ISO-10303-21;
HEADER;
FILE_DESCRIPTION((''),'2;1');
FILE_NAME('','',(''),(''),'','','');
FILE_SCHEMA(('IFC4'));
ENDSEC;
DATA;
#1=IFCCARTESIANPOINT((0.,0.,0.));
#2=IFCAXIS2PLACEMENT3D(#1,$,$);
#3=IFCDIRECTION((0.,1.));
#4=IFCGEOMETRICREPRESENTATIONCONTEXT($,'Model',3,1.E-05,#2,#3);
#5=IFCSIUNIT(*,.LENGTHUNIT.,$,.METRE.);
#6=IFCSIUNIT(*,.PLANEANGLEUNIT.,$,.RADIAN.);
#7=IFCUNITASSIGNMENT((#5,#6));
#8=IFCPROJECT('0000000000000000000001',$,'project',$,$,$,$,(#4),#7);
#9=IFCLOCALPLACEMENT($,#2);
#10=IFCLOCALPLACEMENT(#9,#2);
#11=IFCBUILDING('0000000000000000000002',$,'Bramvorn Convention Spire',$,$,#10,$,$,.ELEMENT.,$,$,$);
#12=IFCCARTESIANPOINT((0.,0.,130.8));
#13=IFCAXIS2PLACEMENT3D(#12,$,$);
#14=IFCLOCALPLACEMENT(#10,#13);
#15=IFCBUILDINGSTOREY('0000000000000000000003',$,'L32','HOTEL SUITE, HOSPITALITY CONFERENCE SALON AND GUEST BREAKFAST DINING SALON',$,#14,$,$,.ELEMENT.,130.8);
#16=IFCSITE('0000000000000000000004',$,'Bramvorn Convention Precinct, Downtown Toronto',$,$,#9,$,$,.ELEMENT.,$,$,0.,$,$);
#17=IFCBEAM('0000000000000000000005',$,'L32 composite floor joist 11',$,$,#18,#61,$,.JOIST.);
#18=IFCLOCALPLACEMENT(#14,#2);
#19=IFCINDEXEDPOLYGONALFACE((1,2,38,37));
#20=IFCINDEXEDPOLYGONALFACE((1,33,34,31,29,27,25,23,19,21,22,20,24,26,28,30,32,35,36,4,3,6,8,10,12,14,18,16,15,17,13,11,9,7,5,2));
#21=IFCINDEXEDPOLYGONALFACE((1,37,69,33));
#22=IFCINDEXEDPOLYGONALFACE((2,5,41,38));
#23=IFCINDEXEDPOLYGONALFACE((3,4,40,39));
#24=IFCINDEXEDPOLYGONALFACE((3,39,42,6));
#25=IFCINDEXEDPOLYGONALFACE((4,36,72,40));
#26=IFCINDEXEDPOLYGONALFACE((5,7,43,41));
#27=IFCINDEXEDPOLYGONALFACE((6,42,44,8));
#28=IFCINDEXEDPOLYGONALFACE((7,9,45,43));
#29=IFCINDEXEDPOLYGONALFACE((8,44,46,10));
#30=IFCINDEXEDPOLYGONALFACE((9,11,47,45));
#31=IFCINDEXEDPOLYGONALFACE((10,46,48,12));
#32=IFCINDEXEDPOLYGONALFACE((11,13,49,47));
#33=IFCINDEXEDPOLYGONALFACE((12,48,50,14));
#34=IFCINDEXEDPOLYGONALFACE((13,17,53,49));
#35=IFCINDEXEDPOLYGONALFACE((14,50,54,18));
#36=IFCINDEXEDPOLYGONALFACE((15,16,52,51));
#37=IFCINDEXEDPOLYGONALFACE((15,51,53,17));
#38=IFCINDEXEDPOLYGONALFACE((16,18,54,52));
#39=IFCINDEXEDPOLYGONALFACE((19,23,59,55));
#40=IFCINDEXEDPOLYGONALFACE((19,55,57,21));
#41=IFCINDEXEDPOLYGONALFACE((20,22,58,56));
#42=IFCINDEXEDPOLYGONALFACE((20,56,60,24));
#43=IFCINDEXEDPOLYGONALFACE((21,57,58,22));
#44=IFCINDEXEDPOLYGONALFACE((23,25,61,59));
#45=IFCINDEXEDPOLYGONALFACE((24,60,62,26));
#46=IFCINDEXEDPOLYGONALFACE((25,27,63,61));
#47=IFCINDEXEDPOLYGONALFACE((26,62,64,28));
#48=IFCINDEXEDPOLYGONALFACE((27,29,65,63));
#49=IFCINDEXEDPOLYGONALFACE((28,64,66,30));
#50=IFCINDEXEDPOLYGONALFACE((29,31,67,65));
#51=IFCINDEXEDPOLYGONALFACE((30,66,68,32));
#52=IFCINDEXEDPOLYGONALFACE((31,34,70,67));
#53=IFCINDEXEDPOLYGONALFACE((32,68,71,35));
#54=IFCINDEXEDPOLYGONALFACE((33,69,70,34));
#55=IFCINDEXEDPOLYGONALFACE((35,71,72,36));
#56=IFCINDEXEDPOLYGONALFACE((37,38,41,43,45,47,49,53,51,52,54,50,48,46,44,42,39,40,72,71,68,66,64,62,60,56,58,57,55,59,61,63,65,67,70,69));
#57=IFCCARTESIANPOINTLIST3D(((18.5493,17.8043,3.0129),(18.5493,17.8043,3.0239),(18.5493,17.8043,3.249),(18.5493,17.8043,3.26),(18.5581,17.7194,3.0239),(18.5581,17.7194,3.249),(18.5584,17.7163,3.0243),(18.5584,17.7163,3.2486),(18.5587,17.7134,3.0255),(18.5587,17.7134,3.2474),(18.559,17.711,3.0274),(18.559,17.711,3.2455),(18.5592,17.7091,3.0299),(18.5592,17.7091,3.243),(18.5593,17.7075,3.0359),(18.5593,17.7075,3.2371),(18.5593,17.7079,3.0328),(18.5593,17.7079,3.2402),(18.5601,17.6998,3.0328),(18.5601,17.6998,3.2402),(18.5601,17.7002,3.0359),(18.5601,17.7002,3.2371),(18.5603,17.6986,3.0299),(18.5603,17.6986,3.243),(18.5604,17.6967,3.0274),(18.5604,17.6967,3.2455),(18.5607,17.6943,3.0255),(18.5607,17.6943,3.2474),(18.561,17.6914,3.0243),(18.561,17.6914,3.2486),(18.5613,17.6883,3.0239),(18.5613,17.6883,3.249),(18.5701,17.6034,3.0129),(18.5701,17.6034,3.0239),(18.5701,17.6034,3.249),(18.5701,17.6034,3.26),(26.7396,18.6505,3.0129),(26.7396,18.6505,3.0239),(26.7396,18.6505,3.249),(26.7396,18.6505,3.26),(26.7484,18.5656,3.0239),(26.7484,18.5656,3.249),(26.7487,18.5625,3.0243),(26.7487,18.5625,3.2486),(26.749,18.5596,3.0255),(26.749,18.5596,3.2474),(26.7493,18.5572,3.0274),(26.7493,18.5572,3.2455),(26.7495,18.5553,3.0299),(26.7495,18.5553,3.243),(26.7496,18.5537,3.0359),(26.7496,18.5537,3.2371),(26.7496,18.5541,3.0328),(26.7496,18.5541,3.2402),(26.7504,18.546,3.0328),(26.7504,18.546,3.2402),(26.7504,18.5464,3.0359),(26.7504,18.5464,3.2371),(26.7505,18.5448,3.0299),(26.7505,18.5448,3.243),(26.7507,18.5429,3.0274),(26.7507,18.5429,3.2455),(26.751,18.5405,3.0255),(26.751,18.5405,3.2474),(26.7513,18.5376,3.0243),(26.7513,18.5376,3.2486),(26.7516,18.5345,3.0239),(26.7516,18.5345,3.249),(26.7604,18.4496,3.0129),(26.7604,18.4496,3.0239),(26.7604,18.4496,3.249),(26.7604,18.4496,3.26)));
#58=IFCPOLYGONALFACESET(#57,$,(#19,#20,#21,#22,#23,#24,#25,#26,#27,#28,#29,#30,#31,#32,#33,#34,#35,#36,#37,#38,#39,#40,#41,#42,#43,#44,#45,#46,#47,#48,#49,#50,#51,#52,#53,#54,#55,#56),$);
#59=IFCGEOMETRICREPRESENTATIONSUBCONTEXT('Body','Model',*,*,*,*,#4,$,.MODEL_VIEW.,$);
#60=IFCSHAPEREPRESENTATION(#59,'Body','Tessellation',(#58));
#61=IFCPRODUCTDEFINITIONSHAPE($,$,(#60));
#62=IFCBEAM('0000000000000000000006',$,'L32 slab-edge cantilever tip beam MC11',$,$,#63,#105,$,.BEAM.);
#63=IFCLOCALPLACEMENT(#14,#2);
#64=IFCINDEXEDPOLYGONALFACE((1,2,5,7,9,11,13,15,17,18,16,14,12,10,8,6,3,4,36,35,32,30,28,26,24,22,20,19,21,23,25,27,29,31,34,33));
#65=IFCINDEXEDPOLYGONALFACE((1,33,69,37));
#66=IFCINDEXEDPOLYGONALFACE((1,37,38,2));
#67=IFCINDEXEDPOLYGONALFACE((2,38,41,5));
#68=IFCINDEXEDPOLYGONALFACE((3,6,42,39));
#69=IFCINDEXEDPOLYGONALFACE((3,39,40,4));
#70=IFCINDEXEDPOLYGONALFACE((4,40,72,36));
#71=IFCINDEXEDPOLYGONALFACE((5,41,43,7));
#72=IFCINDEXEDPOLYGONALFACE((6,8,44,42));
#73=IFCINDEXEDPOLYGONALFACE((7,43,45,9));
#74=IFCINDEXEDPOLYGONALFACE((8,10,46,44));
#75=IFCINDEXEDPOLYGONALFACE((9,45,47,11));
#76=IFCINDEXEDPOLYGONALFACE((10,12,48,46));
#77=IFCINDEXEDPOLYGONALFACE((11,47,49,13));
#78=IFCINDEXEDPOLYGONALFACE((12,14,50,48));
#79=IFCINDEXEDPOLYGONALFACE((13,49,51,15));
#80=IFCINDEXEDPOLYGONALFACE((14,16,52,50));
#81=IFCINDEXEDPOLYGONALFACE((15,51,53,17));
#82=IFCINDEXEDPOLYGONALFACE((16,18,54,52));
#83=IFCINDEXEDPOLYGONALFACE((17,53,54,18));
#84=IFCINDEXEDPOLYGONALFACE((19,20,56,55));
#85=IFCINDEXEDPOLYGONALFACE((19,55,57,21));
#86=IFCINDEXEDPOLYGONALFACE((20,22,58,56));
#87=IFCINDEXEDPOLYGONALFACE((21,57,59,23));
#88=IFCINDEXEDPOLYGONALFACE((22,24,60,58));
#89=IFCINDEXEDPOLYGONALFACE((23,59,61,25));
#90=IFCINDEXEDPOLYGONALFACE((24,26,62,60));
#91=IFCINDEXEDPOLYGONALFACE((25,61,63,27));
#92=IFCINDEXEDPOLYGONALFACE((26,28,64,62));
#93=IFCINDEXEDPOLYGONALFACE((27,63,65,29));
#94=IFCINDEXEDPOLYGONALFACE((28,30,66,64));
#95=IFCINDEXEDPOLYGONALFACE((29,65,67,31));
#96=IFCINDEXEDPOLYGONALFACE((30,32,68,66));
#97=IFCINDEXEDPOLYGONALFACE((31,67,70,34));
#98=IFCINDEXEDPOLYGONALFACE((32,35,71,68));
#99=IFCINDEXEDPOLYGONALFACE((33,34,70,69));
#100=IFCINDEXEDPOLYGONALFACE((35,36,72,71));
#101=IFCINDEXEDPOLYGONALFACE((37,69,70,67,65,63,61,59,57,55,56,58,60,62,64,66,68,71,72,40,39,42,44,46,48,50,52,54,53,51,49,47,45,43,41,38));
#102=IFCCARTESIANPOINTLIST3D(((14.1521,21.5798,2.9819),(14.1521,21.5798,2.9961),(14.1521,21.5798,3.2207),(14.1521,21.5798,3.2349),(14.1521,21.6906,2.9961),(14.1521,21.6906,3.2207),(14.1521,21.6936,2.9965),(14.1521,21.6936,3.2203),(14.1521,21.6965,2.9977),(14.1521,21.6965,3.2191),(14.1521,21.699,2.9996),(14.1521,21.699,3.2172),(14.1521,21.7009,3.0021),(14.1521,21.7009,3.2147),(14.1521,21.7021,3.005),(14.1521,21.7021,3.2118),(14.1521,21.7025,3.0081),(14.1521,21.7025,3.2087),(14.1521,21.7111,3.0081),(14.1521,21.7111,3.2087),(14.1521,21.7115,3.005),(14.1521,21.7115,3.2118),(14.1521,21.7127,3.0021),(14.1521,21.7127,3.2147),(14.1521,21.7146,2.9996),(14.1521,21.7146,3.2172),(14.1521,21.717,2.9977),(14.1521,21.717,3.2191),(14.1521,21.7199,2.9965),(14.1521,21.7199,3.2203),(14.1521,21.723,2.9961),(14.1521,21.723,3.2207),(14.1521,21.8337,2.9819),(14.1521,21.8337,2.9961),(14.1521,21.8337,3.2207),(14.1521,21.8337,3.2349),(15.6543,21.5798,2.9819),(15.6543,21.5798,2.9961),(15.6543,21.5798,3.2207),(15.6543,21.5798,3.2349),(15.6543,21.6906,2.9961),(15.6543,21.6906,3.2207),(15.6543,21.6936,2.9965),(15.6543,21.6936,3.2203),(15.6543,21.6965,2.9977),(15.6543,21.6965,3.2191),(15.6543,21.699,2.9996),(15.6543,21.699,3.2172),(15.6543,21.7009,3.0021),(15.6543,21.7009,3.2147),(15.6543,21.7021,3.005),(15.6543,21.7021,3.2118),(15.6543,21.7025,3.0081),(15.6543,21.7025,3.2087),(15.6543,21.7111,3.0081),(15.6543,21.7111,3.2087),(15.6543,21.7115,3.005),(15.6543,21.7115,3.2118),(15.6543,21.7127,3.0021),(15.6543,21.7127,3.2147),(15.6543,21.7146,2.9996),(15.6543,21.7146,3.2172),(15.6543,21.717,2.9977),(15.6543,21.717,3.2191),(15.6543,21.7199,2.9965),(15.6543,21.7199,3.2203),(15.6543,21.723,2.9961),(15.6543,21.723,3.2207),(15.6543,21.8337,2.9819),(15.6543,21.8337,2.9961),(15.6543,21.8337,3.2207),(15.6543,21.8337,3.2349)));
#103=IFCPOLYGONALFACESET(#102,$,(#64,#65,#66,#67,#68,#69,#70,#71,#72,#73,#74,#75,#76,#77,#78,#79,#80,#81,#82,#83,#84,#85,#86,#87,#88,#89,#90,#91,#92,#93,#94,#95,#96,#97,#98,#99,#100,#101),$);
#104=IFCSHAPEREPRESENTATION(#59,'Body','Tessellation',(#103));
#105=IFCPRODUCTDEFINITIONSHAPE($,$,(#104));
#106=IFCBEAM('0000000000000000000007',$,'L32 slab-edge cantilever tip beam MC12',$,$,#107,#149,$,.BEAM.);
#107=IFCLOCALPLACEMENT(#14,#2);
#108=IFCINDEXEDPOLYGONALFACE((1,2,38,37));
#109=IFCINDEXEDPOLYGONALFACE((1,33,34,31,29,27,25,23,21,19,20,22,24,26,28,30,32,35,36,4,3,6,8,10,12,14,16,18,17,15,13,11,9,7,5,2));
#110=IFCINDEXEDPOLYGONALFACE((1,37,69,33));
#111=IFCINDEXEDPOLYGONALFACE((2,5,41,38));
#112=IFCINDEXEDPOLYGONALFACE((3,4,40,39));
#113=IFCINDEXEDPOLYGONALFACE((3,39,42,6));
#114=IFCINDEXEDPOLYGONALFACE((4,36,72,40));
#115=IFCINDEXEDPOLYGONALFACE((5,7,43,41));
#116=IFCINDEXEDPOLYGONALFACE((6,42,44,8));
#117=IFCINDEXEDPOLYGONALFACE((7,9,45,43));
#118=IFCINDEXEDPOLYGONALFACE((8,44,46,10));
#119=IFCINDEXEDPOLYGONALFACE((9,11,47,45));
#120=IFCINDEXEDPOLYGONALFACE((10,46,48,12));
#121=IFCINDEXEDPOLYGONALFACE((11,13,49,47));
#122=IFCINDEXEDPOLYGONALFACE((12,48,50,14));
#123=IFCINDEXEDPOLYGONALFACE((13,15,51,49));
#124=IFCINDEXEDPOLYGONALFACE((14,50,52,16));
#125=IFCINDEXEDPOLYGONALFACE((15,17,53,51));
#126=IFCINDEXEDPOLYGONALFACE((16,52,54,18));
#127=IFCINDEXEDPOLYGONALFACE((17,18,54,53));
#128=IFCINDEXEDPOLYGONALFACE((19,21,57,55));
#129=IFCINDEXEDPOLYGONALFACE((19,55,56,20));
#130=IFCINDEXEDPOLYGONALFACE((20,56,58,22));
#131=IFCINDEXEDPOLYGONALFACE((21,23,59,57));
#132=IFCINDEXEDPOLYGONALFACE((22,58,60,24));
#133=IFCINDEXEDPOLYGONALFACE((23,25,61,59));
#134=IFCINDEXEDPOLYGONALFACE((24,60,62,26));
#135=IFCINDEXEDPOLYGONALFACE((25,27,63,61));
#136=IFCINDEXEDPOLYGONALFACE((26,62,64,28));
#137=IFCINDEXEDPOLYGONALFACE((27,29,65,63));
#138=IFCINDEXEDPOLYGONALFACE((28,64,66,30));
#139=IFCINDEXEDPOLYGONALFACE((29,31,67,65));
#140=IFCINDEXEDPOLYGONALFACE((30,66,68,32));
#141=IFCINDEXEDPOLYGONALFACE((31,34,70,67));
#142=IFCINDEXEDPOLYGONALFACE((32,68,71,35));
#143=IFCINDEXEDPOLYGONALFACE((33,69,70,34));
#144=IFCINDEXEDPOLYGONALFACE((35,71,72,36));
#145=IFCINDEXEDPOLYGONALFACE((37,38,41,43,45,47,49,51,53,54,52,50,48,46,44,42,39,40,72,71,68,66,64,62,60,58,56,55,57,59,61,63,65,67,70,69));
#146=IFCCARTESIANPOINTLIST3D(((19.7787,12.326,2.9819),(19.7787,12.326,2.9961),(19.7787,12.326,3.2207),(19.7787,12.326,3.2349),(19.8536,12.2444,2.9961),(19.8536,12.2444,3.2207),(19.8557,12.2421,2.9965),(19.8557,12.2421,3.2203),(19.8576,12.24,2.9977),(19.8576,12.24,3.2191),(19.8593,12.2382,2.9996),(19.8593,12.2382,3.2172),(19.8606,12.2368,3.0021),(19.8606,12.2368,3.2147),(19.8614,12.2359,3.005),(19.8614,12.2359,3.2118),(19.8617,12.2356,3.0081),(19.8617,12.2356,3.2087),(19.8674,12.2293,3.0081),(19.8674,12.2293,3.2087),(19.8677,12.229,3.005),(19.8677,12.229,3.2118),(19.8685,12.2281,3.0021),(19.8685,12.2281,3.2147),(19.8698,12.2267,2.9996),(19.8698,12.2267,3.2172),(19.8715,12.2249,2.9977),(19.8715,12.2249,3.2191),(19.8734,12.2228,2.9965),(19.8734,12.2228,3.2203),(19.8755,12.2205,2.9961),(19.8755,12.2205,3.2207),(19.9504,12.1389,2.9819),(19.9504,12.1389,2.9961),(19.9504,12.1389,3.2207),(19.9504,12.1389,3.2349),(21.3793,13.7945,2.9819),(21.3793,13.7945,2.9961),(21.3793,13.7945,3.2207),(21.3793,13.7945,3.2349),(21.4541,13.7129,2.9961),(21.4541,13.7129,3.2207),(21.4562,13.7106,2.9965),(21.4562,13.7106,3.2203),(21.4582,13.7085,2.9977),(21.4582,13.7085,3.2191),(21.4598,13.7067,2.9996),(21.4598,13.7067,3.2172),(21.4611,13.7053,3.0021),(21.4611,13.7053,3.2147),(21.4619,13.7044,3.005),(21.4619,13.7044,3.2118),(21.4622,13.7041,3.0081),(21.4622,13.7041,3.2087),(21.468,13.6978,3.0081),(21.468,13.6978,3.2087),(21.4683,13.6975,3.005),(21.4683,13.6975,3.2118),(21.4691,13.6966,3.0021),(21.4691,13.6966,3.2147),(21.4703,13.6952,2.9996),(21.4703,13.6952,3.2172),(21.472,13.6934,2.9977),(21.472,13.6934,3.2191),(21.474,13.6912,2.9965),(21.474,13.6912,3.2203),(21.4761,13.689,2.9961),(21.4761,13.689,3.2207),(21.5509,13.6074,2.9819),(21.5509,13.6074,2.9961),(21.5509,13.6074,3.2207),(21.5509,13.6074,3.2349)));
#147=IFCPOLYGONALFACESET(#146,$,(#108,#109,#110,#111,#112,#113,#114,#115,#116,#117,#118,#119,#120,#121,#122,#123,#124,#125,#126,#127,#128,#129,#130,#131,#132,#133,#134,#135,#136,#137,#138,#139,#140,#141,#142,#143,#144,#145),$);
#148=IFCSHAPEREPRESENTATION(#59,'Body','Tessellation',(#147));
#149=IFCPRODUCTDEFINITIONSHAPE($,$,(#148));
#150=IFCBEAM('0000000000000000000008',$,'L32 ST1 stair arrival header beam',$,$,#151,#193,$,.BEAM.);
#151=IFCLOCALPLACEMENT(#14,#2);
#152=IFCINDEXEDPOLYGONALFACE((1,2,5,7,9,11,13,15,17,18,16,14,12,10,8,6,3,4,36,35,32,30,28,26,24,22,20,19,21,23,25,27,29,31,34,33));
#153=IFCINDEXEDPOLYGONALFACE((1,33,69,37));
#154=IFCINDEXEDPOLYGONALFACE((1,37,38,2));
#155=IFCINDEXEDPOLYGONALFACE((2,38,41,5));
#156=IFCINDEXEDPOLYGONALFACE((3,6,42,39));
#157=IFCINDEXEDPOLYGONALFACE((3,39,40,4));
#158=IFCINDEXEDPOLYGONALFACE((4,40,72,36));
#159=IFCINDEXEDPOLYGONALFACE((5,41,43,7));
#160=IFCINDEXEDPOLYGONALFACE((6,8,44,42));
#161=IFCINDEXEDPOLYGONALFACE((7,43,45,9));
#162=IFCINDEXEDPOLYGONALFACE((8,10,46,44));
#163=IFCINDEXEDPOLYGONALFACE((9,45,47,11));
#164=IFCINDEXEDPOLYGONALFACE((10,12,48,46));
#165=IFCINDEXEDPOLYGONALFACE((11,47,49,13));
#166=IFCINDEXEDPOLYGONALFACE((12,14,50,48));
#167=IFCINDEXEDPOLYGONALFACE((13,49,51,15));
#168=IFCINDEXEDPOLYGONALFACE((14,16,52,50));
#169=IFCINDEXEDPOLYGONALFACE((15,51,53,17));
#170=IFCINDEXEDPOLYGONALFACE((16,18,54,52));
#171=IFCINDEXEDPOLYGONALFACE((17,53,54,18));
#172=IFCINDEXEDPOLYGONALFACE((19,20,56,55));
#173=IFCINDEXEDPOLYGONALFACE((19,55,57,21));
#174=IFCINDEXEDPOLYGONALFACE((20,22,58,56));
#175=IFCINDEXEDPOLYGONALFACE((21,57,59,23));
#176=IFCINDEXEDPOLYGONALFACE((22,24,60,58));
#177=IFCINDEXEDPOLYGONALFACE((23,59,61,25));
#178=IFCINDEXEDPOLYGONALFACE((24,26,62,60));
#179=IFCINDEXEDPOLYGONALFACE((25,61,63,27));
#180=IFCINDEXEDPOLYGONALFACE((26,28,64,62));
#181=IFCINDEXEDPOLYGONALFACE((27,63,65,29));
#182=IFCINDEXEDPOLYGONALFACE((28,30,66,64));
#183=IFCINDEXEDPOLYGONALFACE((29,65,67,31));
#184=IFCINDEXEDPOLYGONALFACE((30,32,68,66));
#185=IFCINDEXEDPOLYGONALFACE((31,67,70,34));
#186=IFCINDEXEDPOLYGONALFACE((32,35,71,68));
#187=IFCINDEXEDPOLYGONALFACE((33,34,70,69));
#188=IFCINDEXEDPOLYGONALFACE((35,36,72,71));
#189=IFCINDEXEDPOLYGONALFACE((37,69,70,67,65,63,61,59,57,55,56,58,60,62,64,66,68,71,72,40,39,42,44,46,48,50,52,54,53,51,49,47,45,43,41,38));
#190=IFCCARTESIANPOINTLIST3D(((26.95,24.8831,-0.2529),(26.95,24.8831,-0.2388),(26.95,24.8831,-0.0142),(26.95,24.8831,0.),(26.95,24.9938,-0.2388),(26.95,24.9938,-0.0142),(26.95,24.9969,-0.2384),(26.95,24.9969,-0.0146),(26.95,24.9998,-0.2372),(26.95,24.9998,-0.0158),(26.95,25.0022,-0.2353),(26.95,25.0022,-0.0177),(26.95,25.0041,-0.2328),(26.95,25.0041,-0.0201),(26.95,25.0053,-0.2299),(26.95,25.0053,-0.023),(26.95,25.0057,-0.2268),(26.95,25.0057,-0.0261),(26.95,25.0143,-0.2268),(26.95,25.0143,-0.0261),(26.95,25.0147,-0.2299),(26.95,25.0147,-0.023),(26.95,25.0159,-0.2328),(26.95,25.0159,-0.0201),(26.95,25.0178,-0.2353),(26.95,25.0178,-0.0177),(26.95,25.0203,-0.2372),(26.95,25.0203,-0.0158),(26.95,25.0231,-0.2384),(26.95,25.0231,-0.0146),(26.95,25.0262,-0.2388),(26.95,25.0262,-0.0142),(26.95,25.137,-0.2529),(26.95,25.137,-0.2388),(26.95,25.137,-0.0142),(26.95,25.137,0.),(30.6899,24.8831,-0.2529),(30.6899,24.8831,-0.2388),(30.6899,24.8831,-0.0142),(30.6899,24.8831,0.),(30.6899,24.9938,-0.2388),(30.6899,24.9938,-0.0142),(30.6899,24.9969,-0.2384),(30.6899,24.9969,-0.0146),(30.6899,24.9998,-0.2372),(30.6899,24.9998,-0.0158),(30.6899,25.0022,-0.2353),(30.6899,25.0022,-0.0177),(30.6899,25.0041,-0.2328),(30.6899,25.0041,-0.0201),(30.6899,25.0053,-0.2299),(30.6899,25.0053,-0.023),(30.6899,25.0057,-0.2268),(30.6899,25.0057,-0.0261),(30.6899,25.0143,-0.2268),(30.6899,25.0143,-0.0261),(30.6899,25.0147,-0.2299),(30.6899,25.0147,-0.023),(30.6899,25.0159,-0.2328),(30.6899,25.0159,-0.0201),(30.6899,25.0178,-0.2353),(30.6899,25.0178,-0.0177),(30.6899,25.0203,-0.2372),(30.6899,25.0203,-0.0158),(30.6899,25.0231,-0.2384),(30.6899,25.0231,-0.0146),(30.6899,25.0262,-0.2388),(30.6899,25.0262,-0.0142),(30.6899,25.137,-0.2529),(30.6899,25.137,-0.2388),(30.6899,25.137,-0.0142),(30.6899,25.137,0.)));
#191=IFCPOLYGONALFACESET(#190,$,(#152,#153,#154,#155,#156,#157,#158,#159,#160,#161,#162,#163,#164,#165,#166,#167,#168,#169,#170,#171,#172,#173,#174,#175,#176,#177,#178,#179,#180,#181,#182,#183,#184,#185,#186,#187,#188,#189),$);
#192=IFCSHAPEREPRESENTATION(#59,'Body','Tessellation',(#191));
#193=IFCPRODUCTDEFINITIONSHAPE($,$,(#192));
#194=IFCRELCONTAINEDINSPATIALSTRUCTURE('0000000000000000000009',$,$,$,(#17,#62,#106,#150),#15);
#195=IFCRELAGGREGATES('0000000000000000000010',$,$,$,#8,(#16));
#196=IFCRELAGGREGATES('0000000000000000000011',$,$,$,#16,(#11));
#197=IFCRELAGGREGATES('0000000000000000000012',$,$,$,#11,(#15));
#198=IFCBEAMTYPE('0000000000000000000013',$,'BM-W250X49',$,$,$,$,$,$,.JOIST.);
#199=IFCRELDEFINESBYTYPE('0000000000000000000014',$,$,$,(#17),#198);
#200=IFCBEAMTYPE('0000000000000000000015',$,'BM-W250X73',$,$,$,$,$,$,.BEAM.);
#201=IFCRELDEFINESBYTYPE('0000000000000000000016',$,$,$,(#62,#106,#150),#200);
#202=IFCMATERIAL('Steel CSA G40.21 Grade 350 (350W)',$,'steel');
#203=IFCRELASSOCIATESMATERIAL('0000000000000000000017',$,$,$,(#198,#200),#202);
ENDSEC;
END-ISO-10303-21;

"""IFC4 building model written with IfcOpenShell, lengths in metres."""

from ifc_helpers import new_model, si_unit, direction, frame, origin, origin_2d, place, context, subcontext, project, spatial, i_section, extrude, material, material_profile, profile_set, type_object, element, save


model = new_model("IFC4")

# Units and contexts
model_context = context("Model", 3, precision=1e-05, world=origin(), true_north=direction((0.0, 1.0)))
body_context = subcontext(model_context, "Body", "Model", "MODEL_VIEW")
ifc_project = project(units=[si_unit("LENGTHUNIT", "METRE"), si_unit("PLANEANGLEUNIT", "RADIAN")], contexts=[model_context])

# Site, building, storey
site_placement = place(None, origin())
site = spatial("IfcSite", under=ifc_project, at=site_placement, Name="Bramvorn Convention Precinct, Downtown Toronto", CompositionType="ELEMENT", RefElevation=0.0)
building_placement = place(site_placement, origin())
building = spatial("IfcBuilding", under=site, at=building_placement, Name="Bramvorn Convention Spire", CompositionType="ELEMENT")
storey_placement = place(building_placement, frame((0.0, 0.0, 130.8)))
storey = spatial("IfcBuildingStorey", under=building, at=storey_placement, Name="L32", Description="HOTEL SUITE, HOSPITALITY CONFERENCE SALON AND GUEST BREAKFAST DINING SALON", CompositionType="ELEMENT", Elevation=130.8)

# Shared definitions
ifc_material_1 = material(Name="Steel CSA G40.21 Grade 350 (350W)", Category="steel")

# Beams
ifc_material_profile_1 = material_profile(ifc_material_1, i_section(OverallWidth=0.2019, OverallDepth=0.2471, WebThickness=0.0073, FlangeThickness=0.011, FilletRadius=0.012, at=origin_2d()))
ifc_profile_set_1 = profile_set([ifc_material_profile_1], Name="Steel CSA G40.21 Grade 350 (350W) - W250X49")
beam_type_1 = type_object("IfcBeamType", Name="BM-W250X49", PredefinedType="JOIST", material=ifc_profile_set_1)
beam_1_placement = place(storey_placement, frame((26.75, 18.55, 3.1365), z_axis=(-0.994705, -0.102771, 0.0), x_axis=(0.102771, -0.994705, 0.0)))
element("IfcBeam", 1, at=beam_1_placement, inside=storey, type_object=beam_type_1, Name="L32 composite floor joist 11", PredefinedType="JOIST", context=body_context, shape_type="SweptSolid", body=[
    extrude(i_section(OverallWidth=0.2019, OverallDepth=0.2471, WebThickness=0.0073, FlangeThickness=0.011, FilletRadius=0.012, at=origin_2d()), origin(), (0.0, 0.0, 1.0), 8.2339),
])
ifc_material_profile_2 = material_profile(ifc_material_1, i_section(OverallWidth=0.2539, OverallDepth=0.2529, WebThickness=0.0085, FlangeThickness=0.0142, FilletRadius=0.012, at=origin_2d()))
ifc_profile_set_2 = profile_set([ifc_material_profile_2], Name="Steel CSA G40.21 Grade 350 (350W) - W250X73")
beam_type_2 = type_object("IfcBeamType", Name="BM-W250X73", PredefinedType="BEAM", material=ifc_profile_set_2)
beam_2_placement = place(storey_placement, frame((15.6543, 21.7068, 3.1084), z_axis=(-1.0, 0.0, 0.0), x_axis=(0.0, -1.0, 0.0)))
element("IfcBeam", 2, at=beam_2_placement, inside=storey, type_object=beam_type_2, Name="L32 slab-edge cantilever tip beam MC11", PredefinedType="BEAM", context=body_context, shape_type="SweptSolid", body=[
    extrude(i_section(OverallWidth=0.2539, OverallDepth=0.2529, WebThickness=0.0085, FlangeThickness=0.0142, FilletRadius=0.012, at=origin_2d()), origin(), (0.0, 0.0, 1.0), 1.5022),
])
beam_3_placement = place(storey_placement, frame((21.4651, 13.7009, 3.1084), z_axis=(-0.736855, -0.67605, 0.0), x_axis=(0.67605, -0.736855, 0.0)))
element("IfcBeam", 3, at=beam_3_placement, inside=storey, type_object=beam_type_2, Name="L32 slab-edge cantilever tip beam MC12", PredefinedType="BEAM", context=body_context, shape_type="SweptSolid", body=[
    extrude(i_section(OverallWidth=0.2539, OverallDepth=0.2529, WebThickness=0.0085, FlangeThickness=0.0142, FilletRadius=0.012, at=origin_2d()), origin(), (0.0, 0.0, 1.0), 2.1721),
])
beam_4_placement = place(storey_placement, frame((26.95, 25.01, -0.1265), z_axis=(1.0, 0.0, 0.0), x_axis=(0.0, 1.0, 0.0)))
element("IfcBeam", 4, at=beam_4_placement, inside=storey, type_object=beam_type_2, Name="L32 ST1 stair arrival header beam", PredefinedType="BEAM", context=body_context, shape_type="SweptSolid", body=[
    extrude(i_section(OverallWidth=0.2539, OverallDepth=0.2529, WebThickness=0.0085, FlangeThickness=0.0142, FilletRadius=0.012, at=origin_2d()), origin(), (0.0, 0.0, 1.0), 3.74),
])

save(model, "model.ifc")
